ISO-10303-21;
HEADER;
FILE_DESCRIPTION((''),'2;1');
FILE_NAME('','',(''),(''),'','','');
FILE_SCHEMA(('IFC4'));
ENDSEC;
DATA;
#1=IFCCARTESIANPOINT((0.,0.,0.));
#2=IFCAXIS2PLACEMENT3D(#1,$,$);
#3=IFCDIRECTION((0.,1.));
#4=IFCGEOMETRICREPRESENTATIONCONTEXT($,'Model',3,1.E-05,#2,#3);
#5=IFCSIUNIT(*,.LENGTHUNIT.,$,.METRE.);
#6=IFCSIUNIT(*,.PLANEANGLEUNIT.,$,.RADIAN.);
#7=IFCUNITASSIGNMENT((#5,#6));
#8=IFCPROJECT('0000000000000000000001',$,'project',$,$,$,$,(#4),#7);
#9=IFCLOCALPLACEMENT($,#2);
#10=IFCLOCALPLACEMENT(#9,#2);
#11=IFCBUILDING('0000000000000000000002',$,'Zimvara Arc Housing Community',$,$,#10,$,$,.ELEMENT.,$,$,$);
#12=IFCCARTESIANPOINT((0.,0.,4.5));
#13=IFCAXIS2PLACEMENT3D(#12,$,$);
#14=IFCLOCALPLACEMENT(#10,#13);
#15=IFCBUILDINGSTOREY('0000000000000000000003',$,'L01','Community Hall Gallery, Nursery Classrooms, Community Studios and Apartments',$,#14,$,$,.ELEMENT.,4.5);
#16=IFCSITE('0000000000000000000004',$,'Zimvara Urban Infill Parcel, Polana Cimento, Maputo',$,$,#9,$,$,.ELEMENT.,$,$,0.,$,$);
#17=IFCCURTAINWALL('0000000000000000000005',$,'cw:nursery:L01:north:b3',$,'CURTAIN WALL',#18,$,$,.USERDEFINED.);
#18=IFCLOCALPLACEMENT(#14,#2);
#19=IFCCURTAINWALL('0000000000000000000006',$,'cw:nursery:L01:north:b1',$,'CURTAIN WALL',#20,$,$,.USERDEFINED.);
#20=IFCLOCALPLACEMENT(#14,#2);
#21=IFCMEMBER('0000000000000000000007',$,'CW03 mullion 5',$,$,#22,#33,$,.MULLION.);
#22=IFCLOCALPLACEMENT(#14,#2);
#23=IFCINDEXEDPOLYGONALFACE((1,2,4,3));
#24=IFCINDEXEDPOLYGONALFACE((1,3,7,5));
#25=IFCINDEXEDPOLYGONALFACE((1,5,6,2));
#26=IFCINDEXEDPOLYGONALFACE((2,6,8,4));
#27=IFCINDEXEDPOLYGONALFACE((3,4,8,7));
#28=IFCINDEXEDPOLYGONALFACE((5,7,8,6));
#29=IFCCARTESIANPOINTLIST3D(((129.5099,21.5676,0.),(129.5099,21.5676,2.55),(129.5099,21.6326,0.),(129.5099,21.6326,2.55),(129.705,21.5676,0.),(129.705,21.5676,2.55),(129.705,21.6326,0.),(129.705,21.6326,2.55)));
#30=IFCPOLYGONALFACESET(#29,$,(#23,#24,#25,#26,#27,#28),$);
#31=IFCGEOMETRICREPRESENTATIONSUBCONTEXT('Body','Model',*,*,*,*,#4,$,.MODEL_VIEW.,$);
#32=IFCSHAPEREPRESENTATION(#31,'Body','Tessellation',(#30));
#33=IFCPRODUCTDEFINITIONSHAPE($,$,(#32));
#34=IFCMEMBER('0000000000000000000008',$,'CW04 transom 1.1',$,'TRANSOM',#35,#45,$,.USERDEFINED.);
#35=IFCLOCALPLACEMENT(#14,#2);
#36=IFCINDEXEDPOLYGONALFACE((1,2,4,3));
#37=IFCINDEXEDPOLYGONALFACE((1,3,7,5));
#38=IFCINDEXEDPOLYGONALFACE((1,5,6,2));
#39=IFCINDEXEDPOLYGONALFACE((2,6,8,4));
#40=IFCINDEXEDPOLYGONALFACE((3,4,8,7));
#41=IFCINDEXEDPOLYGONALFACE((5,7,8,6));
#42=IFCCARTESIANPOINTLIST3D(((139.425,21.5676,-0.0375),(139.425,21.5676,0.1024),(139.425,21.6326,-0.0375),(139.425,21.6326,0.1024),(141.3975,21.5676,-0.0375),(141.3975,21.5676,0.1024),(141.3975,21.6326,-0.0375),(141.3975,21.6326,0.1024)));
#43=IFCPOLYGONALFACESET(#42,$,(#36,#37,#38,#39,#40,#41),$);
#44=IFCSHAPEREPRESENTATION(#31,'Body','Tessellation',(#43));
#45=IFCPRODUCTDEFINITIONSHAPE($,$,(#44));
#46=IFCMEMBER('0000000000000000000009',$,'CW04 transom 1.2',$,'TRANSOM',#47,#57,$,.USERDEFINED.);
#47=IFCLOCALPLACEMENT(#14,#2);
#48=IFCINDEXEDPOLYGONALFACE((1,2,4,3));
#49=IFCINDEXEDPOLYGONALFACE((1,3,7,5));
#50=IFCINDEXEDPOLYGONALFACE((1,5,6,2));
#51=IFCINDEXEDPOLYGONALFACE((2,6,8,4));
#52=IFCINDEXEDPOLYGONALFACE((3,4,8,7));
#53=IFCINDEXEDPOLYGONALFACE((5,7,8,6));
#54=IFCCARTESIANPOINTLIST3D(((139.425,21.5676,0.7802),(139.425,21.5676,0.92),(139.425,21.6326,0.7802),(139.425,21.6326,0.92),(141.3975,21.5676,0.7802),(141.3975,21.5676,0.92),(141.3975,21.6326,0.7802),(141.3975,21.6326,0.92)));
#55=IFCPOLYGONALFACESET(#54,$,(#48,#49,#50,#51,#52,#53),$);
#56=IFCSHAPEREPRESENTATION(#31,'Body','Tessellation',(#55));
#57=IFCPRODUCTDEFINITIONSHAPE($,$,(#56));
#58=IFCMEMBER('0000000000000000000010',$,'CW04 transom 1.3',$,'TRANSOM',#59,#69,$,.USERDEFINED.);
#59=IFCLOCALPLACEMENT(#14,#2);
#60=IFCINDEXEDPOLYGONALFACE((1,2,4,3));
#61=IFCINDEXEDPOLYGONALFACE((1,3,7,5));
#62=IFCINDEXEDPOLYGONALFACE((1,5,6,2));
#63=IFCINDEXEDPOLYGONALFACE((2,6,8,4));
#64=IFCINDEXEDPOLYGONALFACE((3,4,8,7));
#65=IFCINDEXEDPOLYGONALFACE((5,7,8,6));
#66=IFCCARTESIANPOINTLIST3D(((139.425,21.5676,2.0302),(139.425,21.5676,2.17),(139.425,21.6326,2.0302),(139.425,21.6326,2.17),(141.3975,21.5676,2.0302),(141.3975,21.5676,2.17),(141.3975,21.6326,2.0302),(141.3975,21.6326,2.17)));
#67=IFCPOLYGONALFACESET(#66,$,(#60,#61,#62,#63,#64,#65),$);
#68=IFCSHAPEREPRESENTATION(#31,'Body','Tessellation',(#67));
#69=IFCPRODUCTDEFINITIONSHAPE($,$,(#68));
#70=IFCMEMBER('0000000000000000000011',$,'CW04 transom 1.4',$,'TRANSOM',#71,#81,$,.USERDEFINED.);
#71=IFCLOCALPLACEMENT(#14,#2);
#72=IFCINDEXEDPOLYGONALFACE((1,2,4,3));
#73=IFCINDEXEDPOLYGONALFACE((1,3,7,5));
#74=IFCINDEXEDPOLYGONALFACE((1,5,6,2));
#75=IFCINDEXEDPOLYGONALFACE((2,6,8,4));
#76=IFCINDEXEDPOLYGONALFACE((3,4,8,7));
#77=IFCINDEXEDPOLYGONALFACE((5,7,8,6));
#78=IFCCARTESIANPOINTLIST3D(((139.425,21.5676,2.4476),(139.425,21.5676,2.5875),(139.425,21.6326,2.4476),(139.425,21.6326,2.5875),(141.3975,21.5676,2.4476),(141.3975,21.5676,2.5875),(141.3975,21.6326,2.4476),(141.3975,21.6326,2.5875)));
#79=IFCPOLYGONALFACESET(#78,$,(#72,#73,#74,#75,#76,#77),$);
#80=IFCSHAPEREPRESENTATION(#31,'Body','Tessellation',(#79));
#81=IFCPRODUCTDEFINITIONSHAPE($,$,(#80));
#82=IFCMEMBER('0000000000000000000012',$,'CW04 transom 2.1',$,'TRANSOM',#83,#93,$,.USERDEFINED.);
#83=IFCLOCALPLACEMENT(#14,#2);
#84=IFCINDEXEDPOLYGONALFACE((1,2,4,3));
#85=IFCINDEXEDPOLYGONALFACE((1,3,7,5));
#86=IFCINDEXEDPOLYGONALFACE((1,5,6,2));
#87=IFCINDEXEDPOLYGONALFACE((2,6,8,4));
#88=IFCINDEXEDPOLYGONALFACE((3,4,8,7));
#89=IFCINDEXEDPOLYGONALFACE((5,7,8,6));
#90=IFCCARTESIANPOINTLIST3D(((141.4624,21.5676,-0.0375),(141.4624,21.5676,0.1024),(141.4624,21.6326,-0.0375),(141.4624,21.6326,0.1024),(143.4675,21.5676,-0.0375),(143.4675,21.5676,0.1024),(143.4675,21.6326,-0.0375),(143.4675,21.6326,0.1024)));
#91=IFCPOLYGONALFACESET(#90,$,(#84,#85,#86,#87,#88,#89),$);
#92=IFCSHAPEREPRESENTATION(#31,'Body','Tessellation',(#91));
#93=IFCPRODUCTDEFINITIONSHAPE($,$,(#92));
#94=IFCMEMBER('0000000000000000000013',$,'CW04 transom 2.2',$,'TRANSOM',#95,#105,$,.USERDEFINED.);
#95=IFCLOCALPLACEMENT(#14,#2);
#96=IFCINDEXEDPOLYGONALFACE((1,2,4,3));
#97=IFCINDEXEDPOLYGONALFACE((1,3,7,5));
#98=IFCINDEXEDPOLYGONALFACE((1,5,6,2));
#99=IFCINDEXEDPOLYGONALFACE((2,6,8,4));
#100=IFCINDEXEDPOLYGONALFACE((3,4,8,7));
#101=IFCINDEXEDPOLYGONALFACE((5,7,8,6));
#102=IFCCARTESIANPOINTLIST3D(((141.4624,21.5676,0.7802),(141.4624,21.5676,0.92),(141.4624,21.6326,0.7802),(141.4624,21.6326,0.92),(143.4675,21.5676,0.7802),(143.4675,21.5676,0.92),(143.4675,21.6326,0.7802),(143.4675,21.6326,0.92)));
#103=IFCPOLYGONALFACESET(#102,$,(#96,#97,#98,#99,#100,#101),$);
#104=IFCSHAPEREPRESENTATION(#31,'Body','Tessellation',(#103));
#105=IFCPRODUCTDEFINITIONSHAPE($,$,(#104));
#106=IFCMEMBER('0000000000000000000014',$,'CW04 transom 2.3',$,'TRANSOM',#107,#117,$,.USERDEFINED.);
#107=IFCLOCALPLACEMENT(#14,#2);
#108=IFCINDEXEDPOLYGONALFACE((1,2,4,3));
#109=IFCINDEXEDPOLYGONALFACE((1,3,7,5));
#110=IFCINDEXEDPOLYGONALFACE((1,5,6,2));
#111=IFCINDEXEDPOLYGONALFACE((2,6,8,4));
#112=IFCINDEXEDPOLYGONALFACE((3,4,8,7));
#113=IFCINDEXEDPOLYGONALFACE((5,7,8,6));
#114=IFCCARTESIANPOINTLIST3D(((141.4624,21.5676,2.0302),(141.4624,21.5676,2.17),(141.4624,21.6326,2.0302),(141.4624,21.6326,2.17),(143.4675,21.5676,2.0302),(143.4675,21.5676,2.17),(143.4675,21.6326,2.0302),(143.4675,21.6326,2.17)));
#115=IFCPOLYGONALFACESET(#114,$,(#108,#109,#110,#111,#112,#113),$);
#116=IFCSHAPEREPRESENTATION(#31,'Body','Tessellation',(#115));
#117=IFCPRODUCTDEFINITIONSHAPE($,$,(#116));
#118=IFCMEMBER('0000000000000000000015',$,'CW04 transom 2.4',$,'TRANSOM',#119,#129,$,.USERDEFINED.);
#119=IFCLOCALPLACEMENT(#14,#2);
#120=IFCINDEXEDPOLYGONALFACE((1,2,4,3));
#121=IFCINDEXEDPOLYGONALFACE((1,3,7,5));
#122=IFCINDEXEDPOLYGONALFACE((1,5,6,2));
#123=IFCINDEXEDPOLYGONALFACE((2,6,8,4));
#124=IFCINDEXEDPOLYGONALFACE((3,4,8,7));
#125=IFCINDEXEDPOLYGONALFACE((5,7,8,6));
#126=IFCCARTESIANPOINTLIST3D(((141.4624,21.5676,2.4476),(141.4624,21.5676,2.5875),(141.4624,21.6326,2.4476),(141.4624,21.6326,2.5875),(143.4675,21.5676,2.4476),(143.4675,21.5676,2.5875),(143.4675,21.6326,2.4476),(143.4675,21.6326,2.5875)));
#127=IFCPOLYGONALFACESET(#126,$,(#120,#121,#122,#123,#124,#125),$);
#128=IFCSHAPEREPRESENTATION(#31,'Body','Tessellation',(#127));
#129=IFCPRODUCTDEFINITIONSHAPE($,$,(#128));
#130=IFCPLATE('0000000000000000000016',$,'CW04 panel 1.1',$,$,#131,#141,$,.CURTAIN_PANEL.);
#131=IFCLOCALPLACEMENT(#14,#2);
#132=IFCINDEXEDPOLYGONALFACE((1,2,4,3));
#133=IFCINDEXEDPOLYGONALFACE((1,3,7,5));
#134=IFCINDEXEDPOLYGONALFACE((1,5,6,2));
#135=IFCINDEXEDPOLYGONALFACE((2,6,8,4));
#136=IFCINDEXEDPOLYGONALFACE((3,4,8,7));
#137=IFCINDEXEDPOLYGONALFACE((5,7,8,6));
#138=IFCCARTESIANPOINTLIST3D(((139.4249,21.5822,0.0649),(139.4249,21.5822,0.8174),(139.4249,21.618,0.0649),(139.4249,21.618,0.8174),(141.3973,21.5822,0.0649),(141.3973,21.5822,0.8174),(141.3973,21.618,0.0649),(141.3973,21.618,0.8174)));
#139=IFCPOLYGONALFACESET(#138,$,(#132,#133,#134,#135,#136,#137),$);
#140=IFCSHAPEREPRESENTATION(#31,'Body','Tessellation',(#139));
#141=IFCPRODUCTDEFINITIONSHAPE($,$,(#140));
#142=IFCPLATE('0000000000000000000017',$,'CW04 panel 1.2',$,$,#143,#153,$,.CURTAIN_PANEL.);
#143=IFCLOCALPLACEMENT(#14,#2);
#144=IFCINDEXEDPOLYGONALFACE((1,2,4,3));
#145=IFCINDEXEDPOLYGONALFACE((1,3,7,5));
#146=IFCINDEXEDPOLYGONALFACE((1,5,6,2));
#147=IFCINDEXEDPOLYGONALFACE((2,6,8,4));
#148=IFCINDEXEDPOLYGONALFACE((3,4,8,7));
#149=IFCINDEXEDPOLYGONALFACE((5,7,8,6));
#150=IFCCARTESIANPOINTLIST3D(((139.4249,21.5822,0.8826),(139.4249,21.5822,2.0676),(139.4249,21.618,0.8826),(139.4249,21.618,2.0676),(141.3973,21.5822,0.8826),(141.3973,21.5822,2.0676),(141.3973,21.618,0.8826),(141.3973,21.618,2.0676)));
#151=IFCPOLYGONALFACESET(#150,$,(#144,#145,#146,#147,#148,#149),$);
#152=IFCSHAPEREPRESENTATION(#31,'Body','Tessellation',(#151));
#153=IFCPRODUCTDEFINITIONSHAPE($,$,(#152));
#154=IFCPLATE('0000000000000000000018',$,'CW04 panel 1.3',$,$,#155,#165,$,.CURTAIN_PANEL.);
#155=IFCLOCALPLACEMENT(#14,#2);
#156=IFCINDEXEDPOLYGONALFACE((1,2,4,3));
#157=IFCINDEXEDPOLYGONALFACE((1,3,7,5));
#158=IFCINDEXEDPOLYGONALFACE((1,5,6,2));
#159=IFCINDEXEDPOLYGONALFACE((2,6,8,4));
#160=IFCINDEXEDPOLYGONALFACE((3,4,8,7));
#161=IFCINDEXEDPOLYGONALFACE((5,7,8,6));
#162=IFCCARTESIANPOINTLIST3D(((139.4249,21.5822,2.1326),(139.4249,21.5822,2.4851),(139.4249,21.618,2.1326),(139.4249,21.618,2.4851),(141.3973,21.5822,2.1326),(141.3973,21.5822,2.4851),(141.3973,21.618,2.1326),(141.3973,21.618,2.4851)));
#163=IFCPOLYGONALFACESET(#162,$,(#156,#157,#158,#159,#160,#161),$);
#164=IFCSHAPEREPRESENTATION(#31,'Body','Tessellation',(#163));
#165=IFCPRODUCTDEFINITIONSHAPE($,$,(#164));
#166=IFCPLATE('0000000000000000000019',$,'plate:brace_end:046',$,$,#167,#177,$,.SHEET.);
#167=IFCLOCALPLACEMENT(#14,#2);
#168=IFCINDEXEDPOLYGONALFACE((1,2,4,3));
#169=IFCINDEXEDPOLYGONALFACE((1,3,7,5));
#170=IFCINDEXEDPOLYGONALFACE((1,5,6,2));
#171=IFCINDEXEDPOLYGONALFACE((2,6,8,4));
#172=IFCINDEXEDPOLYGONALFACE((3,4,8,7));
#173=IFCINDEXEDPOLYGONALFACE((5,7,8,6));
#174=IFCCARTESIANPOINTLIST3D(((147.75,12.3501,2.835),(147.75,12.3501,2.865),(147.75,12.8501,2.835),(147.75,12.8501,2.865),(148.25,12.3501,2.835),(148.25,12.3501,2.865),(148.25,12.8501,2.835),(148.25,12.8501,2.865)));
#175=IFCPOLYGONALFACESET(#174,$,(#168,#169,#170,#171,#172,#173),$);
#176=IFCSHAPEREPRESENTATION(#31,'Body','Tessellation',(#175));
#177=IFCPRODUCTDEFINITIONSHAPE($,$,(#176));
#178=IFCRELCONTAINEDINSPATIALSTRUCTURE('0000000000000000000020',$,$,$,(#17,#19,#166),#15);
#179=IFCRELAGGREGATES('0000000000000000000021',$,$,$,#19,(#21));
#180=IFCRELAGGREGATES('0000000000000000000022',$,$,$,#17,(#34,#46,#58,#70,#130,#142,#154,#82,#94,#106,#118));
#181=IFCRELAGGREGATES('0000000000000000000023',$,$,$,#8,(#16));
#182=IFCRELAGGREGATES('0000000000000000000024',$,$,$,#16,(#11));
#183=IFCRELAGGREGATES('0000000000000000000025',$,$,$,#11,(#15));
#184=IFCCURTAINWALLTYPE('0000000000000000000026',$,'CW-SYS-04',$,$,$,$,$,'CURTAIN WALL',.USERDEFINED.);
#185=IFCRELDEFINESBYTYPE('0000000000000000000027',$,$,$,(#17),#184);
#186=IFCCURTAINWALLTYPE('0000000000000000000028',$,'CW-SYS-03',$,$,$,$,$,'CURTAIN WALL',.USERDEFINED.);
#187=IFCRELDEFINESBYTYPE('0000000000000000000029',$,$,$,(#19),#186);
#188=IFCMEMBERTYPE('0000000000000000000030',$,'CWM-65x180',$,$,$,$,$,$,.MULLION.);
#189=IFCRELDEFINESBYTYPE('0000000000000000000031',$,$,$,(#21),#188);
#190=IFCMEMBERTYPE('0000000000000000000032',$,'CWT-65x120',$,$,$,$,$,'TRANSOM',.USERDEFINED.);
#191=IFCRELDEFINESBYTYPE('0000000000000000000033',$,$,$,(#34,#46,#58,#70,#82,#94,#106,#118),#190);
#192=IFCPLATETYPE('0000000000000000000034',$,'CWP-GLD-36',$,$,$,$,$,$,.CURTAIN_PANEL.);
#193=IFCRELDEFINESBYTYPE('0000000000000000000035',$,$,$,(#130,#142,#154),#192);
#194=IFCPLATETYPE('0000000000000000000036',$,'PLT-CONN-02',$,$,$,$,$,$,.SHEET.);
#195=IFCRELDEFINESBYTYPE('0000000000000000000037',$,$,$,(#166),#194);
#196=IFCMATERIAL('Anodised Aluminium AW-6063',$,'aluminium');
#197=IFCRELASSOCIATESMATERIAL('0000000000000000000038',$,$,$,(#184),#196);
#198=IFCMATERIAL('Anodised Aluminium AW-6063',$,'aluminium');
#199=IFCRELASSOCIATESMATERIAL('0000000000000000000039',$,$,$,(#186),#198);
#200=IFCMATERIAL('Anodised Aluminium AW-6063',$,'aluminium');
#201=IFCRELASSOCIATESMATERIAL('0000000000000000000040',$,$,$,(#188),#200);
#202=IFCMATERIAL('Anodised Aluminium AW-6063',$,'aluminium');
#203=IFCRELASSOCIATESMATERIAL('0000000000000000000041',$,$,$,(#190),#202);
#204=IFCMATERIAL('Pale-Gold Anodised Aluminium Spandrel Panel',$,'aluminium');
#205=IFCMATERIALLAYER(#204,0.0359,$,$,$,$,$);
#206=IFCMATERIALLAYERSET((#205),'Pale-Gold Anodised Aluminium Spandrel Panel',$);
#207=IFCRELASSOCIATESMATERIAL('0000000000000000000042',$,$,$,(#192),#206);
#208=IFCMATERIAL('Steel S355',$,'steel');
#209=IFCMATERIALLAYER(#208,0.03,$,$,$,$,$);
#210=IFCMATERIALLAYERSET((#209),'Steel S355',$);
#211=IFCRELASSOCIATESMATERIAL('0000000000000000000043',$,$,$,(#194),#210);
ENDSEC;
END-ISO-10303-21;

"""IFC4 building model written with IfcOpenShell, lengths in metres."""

from ifc_helpers import new_model, si_unit, direction, frame, origin, origin_2d, place, context, subcontext, project, spatial, rectangle, extrude, material, layer, layer_set, material_profile, profile_set, type_object, element, aggregate, save


model = new_model("IFC4")

# Units and contexts
model_context = context("Model", 3, precision=1e-05, world=origin(), true_north=direction((0.0, 1.0)))
body_context = subcontext(model_context, "Body", "Model", "MODEL_VIEW")
ifc_project = project(units=[si_unit("LENGTHUNIT", "METRE"), si_unit("PLANEANGLEUNIT", "RADIAN")], contexts=[model_context])

# Site, building, storey
site_placement = place(None, origin())
site = spatial("IfcSite", under=ifc_project, at=site_placement, Name="Zimvara Urban Infill Parcel, Polana Cimento, Maputo", CompositionType="ELEMENT", RefElevation=0.0)
building_placement = place(site_placement, origin())
building = spatial("IfcBuilding", under=site, at=building_placement, Name="Zimvara Arc Housing Community", CompositionType="ELEMENT")
storey_placement = place(building_placement, frame((0.0, 0.0, 4.5)))
storey = spatial("IfcBuildingStorey", under=building, at=storey_placement, Name="L01", Description="Community Hall Gallery, Nursery Classrooms, Community Studios and Apartments", CompositionType="ELEMENT", Elevation=4.5)

# Curtain wall
ifc_material_1 = material(Name="Anodised Aluminium AW-6063", Category="aluminium")
curtain_wall_type_1 = type_object("IfcCurtainWallType", Name="CW-SYS-04", ElementType="CURTAIN WALL", PredefinedType="USERDEFINED", material=ifc_material_1)
curtain_wall_1_placement = place(storey_placement, origin())
curtain_wall_1 = element("IfcCurtainWall", 1, at=curtain_wall_1_placement, inside=storey, type_object=curtain_wall_type_1, Name="cw:nursery:L01:north:b3", ObjectType="CURTAIN WALL", PredefinedType="USERDEFINED")

# Curtain wall, member
ifc_material_2 = material(Name="Anodised Aluminium AW-6063", Category="aluminium")
curtain_wall_type_2 = type_object("IfcCurtainWallType", Name="CW-SYS-03", ElementType="CURTAIN WALL", PredefinedType="USERDEFINED", material=ifc_material_2)
curtain_wall_2_placement = place(storey_placement, origin())
curtain_wall_2 = element("IfcCurtainWall", 2, at=curtain_wall_2_placement, inside=storey, type_object=curtain_wall_type_2, Name="cw:nursery:L01:north:b1", ObjectType="CURTAIN WALL", PredefinedType="USERDEFINED")
ifc_material_3 = material(Name="Anodised Aluminium AW-6063", Category="aluminium")
ifc_material_profile_1 = material_profile(ifc_material_3, rectangle(XDim=0.0649, YDim=0.1951, at=origin_2d()), Name="ALU 65x195")
ifc_profile_set_1 = profile_set([ifc_material_profile_1], Name="Anodised Aluminium AW-6063")
member_type_1 = type_object("IfcMemberType", Name="CWM-65x180", PredefinedType="MULLION", material=ifc_profile_set_1)
member_1_placement = place(storey_placement, frame((129.6074, 21.6001, 0.0), z_axis=(0.0, 0.0, 1.0), x_axis=(0.0, 1.0, 0.0)))
member_1 = element("IfcMember", 3, at=member_1_placement, type_object=member_type_1, Name="CW03 mullion 5", PredefinedType="MULLION", context=body_context, shape_type="SweptSolid", body=[
    extrude(rectangle(XDim=0.0649, YDim=0.1951, at=origin_2d()), origin(), (0.0, 0.0, 1.0), 2.55),
])
aggregate(curtain_wall_2, [member_1])

# Members
ifc_material_4 = material(Name="Anodised Aluminium AW-6063", Category="aluminium")
ifc_material_profile_2 = material_profile(ifc_material_4, rectangle(XDim=0.0649, YDim=0.1399, at=origin_2d()), Name="ALU 65x140")
ifc_profile_set_2 = profile_set([ifc_material_profile_2], Name="Anodised Aluminium AW-6063")
member_type_2 = type_object("IfcMemberType", Name="CWT-65x120", ElementType="TRANSOM", PredefinedType="USERDEFINED", material=ifc_profile_set_2)
member_2_placement = place(storey_placement, frame((139.425, 21.6001, 0.0325), z_axis=(1.0, 0.0, 0.0), x_axis=(0.0, 1.0, 0.0)))
member_2 = element("IfcMember", 4, at=member_2_placement, type_object=member_type_2, Name="CW04 transom 1.1", ObjectType="TRANSOM", PredefinedType="USERDEFINED", context=body_context, shape_type="SweptSolid", body=[
    extrude(rectangle(XDim=0.0649, YDim=0.1399, at=origin_2d()), origin(), (0.0, 0.0, 1.0), 1.9724),
])
member_3_placement = place(storey_placement, frame((139.425, 21.6001, 0.8501), z_axis=(1.0, 0.0, 0.0), x_axis=(0.0, 1.0, 0.0)))
member_3 = element("IfcMember", 5, at=member_3_placement, type_object=member_type_2, Name="CW04 transom 1.2", ObjectType="TRANSOM", PredefinedType="USERDEFINED", context=body_context, shape_type="SweptSolid", body=[
    extrude(rectangle(XDim=0.0649, YDim=0.1399, at=origin_2d()), origin(), (0.0, 0.0, 1.0), 1.9724),
])
member_4_placement = place(storey_placement, frame((139.425, 21.6001, 2.1001), z_axis=(1.0, 0.0, 0.0), x_axis=(0.0, 1.0, 0.0)))
member_4 = element("IfcMember", 6, at=member_4_placement, type_object=member_type_2, Name="CW04 transom 1.3", ObjectType="TRANSOM", PredefinedType="USERDEFINED", context=body_context, shape_type="SweptSolid", body=[
    extrude(rectangle(XDim=0.0649, YDim=0.1399, at=origin_2d()), origin(), (0.0, 0.0, 1.0), 1.9724),
])
member_5_placement = place(storey_placement, frame((139.425, 21.6001, 2.5176), z_axis=(1.0, 0.0, 0.0), x_axis=(0.0, 1.0, 0.0)))
member_5 = element("IfcMember", 7, at=member_5_placement, type_object=member_type_2, Name="CW04 transom 1.4", ObjectType="TRANSOM", PredefinedType="USERDEFINED", context=body_context, shape_type="SweptSolid", body=[
    extrude(rectangle(XDim=0.0649, YDim=0.1399, at=origin_2d()), origin(), (0.0, 0.0, 1.0), 1.9724),
])
member_6_placement = place(storey_placement, frame((141.4624, 21.6001, 0.0325), z_axis=(1.0, 0.0, 0.0), x_axis=(0.0, 1.0, 0.0)))
member_6 = element("IfcMember", 8, at=member_6_placement, type_object=member_type_2, Name="CW04 transom 2.1", ObjectType="TRANSOM", PredefinedType="USERDEFINED", context=body_context, shape_type="SweptSolid", body=[
    extrude(rectangle(XDim=0.0649, YDim=0.1399, at=origin_2d()), origin(), (0.0, 0.0, 1.0), 2.0051),
])
member_7_placement = place(storey_placement, frame((141.4624, 21.6001, 0.8501), z_axis=(1.0, 0.0, 0.0), x_axis=(0.0, 1.0, 0.0)))
member_7 = element("IfcMember", 9, at=member_7_placement, type_object=member_type_2, Name="CW04 transom 2.2", ObjectType="TRANSOM", PredefinedType="USERDEFINED", context=body_context, shape_type="SweptSolid", body=[
    extrude(rectangle(XDim=0.0649, YDim=0.1399, at=origin_2d()), origin(), (0.0, 0.0, 1.0), 2.0051),
])
member_8_placement = place(storey_placement, frame((141.4624, 21.6001, 2.1001), z_axis=(1.0, 0.0, 0.0), x_axis=(0.0, 1.0, 0.0)))
member_8 = element("IfcMember", 10, at=member_8_placement, type_object=member_type_2, Name="CW04 transom 2.3", ObjectType="TRANSOM", PredefinedType="USERDEFINED", context=body_context, shape_type="SweptSolid", body=[
    extrude(rectangle(XDim=0.0649, YDim=0.1399, at=origin_2d()), origin(), (0.0, 0.0, 1.0), 2.0051),
])
member_9_placement = place(storey_placement, frame((141.4624, 21.6001, 2.5176), z_axis=(1.0, 0.0, 0.0), x_axis=(0.0, 1.0, 0.0)))
member_9 = element("IfcMember", 11, at=member_9_placement, type_object=member_type_2, Name="CW04 transom 2.4", ObjectType="TRANSOM", PredefinedType="USERDEFINED", context=body_context, shape_type="SweptSolid", body=[
    extrude(rectangle(XDim=0.0649, YDim=0.1399, at=origin_2d()), origin(), (0.0, 0.0, 1.0), 2.0051),
])

# Plates
ifc_material_5 = material(Name="Pale-Gold Anodised Aluminium Spandrel Panel", Category="aluminium")
ifc_layer_1 = layer(ifc_material_5, 0.0359)
ifc_layer_set_1 = layer_set([ifc_layer_1], Name="Pale-Gold Anodised Aluminium Spandrel Panel")
plate_type_1 = type_object("IfcPlateType", Name="CWP-GLD-36", PredefinedType="CURTAIN_PANEL", material=ifc_layer_set_1)
plate_1_placement = place(storey_placement, frame((140.4111, 21.6001, 0.0649), z_axis=(0.0, 0.0, 1.0), x_axis=(1.0, 0.0, 0.0)))
plate_1 = element("IfcPlate", 12, at=plate_1_placement, type_object=plate_type_1, Name="CW04 panel 1.1", PredefinedType="CURTAIN_PANEL", context=body_context, shape_type="SweptSolid", body=[
    extrude(rectangle(XDim=1.9724, YDim=0.0359, at=origin_2d()), origin(), (0.0, 0.0, 1.0), 0.7524),
])
plate_2_placement = place(storey_placement, frame((140.4111, 21.6001, 0.8826), z_axis=(0.0, 0.0, 1.0), x_axis=(1.0, 0.0, 0.0)))
plate_2 = element("IfcPlate", 13, at=plate_2_placement, type_object=plate_type_1, Name="CW04 panel 1.2", PredefinedType="CURTAIN_PANEL", context=body_context, shape_type="SweptSolid", body=[
    extrude(rectangle(XDim=1.9724, YDim=0.0359, at=origin_2d()), origin(), (0.0, 0.0, 1.0), 1.1851),
])
plate_3_placement = place(storey_placement, frame((140.4111, 21.6001, 2.1326), z_axis=(0.0, 0.0, 1.0), x_axis=(1.0, 0.0, 0.0)))
plate_3 = element("IfcPlate", 14, at=plate_3_placement, type_object=plate_type_1, Name="CW04 panel 1.3", PredefinedType="CURTAIN_PANEL", context=body_context, shape_type="SweptSolid", body=[
    extrude(rectangle(XDim=1.9724, YDim=0.0359, at=origin_2d()), origin(), (0.0, 0.0, 1.0), 0.3525),
])
aggregate(curtain_wall_1, [member_2, member_3, member_4, member_5, plate_1, plate_2, plate_3, member_6, member_7, member_8, member_9])
ifc_material_6 = material(Name="Steel S355", Category="steel")
ifc_layer_2 = layer(ifc_material_6, 0.03)
ifc_layer_set_2 = layer_set([ifc_layer_2], Name="Steel S355")
plate_type_2 = type_object("IfcPlateType", Name="PLT-CONN-02", PredefinedType="SHEET", material=ifc_layer_set_2)
plate_4_placement = place(storey_placement, frame((148.0, 12.6001, 2.835), z_axis=(0.0, 0.0, 1.0), x_axis=(1.0, 0.0, 0.0)))
element("IfcPlate", 15, at=plate_4_placement, inside=storey, type_object=plate_type_2, Name="plate:brace_end:046", PredefinedType="SHEET", context=body_context, shape_type="SweptSolid", body=[
    extrude(rectangle(XDim=0.5, YDim=0.5, at=origin_2d()), origin(), (0.0, 0.0, 1.0), 0.03),
])

save(model, "model.ifc")
